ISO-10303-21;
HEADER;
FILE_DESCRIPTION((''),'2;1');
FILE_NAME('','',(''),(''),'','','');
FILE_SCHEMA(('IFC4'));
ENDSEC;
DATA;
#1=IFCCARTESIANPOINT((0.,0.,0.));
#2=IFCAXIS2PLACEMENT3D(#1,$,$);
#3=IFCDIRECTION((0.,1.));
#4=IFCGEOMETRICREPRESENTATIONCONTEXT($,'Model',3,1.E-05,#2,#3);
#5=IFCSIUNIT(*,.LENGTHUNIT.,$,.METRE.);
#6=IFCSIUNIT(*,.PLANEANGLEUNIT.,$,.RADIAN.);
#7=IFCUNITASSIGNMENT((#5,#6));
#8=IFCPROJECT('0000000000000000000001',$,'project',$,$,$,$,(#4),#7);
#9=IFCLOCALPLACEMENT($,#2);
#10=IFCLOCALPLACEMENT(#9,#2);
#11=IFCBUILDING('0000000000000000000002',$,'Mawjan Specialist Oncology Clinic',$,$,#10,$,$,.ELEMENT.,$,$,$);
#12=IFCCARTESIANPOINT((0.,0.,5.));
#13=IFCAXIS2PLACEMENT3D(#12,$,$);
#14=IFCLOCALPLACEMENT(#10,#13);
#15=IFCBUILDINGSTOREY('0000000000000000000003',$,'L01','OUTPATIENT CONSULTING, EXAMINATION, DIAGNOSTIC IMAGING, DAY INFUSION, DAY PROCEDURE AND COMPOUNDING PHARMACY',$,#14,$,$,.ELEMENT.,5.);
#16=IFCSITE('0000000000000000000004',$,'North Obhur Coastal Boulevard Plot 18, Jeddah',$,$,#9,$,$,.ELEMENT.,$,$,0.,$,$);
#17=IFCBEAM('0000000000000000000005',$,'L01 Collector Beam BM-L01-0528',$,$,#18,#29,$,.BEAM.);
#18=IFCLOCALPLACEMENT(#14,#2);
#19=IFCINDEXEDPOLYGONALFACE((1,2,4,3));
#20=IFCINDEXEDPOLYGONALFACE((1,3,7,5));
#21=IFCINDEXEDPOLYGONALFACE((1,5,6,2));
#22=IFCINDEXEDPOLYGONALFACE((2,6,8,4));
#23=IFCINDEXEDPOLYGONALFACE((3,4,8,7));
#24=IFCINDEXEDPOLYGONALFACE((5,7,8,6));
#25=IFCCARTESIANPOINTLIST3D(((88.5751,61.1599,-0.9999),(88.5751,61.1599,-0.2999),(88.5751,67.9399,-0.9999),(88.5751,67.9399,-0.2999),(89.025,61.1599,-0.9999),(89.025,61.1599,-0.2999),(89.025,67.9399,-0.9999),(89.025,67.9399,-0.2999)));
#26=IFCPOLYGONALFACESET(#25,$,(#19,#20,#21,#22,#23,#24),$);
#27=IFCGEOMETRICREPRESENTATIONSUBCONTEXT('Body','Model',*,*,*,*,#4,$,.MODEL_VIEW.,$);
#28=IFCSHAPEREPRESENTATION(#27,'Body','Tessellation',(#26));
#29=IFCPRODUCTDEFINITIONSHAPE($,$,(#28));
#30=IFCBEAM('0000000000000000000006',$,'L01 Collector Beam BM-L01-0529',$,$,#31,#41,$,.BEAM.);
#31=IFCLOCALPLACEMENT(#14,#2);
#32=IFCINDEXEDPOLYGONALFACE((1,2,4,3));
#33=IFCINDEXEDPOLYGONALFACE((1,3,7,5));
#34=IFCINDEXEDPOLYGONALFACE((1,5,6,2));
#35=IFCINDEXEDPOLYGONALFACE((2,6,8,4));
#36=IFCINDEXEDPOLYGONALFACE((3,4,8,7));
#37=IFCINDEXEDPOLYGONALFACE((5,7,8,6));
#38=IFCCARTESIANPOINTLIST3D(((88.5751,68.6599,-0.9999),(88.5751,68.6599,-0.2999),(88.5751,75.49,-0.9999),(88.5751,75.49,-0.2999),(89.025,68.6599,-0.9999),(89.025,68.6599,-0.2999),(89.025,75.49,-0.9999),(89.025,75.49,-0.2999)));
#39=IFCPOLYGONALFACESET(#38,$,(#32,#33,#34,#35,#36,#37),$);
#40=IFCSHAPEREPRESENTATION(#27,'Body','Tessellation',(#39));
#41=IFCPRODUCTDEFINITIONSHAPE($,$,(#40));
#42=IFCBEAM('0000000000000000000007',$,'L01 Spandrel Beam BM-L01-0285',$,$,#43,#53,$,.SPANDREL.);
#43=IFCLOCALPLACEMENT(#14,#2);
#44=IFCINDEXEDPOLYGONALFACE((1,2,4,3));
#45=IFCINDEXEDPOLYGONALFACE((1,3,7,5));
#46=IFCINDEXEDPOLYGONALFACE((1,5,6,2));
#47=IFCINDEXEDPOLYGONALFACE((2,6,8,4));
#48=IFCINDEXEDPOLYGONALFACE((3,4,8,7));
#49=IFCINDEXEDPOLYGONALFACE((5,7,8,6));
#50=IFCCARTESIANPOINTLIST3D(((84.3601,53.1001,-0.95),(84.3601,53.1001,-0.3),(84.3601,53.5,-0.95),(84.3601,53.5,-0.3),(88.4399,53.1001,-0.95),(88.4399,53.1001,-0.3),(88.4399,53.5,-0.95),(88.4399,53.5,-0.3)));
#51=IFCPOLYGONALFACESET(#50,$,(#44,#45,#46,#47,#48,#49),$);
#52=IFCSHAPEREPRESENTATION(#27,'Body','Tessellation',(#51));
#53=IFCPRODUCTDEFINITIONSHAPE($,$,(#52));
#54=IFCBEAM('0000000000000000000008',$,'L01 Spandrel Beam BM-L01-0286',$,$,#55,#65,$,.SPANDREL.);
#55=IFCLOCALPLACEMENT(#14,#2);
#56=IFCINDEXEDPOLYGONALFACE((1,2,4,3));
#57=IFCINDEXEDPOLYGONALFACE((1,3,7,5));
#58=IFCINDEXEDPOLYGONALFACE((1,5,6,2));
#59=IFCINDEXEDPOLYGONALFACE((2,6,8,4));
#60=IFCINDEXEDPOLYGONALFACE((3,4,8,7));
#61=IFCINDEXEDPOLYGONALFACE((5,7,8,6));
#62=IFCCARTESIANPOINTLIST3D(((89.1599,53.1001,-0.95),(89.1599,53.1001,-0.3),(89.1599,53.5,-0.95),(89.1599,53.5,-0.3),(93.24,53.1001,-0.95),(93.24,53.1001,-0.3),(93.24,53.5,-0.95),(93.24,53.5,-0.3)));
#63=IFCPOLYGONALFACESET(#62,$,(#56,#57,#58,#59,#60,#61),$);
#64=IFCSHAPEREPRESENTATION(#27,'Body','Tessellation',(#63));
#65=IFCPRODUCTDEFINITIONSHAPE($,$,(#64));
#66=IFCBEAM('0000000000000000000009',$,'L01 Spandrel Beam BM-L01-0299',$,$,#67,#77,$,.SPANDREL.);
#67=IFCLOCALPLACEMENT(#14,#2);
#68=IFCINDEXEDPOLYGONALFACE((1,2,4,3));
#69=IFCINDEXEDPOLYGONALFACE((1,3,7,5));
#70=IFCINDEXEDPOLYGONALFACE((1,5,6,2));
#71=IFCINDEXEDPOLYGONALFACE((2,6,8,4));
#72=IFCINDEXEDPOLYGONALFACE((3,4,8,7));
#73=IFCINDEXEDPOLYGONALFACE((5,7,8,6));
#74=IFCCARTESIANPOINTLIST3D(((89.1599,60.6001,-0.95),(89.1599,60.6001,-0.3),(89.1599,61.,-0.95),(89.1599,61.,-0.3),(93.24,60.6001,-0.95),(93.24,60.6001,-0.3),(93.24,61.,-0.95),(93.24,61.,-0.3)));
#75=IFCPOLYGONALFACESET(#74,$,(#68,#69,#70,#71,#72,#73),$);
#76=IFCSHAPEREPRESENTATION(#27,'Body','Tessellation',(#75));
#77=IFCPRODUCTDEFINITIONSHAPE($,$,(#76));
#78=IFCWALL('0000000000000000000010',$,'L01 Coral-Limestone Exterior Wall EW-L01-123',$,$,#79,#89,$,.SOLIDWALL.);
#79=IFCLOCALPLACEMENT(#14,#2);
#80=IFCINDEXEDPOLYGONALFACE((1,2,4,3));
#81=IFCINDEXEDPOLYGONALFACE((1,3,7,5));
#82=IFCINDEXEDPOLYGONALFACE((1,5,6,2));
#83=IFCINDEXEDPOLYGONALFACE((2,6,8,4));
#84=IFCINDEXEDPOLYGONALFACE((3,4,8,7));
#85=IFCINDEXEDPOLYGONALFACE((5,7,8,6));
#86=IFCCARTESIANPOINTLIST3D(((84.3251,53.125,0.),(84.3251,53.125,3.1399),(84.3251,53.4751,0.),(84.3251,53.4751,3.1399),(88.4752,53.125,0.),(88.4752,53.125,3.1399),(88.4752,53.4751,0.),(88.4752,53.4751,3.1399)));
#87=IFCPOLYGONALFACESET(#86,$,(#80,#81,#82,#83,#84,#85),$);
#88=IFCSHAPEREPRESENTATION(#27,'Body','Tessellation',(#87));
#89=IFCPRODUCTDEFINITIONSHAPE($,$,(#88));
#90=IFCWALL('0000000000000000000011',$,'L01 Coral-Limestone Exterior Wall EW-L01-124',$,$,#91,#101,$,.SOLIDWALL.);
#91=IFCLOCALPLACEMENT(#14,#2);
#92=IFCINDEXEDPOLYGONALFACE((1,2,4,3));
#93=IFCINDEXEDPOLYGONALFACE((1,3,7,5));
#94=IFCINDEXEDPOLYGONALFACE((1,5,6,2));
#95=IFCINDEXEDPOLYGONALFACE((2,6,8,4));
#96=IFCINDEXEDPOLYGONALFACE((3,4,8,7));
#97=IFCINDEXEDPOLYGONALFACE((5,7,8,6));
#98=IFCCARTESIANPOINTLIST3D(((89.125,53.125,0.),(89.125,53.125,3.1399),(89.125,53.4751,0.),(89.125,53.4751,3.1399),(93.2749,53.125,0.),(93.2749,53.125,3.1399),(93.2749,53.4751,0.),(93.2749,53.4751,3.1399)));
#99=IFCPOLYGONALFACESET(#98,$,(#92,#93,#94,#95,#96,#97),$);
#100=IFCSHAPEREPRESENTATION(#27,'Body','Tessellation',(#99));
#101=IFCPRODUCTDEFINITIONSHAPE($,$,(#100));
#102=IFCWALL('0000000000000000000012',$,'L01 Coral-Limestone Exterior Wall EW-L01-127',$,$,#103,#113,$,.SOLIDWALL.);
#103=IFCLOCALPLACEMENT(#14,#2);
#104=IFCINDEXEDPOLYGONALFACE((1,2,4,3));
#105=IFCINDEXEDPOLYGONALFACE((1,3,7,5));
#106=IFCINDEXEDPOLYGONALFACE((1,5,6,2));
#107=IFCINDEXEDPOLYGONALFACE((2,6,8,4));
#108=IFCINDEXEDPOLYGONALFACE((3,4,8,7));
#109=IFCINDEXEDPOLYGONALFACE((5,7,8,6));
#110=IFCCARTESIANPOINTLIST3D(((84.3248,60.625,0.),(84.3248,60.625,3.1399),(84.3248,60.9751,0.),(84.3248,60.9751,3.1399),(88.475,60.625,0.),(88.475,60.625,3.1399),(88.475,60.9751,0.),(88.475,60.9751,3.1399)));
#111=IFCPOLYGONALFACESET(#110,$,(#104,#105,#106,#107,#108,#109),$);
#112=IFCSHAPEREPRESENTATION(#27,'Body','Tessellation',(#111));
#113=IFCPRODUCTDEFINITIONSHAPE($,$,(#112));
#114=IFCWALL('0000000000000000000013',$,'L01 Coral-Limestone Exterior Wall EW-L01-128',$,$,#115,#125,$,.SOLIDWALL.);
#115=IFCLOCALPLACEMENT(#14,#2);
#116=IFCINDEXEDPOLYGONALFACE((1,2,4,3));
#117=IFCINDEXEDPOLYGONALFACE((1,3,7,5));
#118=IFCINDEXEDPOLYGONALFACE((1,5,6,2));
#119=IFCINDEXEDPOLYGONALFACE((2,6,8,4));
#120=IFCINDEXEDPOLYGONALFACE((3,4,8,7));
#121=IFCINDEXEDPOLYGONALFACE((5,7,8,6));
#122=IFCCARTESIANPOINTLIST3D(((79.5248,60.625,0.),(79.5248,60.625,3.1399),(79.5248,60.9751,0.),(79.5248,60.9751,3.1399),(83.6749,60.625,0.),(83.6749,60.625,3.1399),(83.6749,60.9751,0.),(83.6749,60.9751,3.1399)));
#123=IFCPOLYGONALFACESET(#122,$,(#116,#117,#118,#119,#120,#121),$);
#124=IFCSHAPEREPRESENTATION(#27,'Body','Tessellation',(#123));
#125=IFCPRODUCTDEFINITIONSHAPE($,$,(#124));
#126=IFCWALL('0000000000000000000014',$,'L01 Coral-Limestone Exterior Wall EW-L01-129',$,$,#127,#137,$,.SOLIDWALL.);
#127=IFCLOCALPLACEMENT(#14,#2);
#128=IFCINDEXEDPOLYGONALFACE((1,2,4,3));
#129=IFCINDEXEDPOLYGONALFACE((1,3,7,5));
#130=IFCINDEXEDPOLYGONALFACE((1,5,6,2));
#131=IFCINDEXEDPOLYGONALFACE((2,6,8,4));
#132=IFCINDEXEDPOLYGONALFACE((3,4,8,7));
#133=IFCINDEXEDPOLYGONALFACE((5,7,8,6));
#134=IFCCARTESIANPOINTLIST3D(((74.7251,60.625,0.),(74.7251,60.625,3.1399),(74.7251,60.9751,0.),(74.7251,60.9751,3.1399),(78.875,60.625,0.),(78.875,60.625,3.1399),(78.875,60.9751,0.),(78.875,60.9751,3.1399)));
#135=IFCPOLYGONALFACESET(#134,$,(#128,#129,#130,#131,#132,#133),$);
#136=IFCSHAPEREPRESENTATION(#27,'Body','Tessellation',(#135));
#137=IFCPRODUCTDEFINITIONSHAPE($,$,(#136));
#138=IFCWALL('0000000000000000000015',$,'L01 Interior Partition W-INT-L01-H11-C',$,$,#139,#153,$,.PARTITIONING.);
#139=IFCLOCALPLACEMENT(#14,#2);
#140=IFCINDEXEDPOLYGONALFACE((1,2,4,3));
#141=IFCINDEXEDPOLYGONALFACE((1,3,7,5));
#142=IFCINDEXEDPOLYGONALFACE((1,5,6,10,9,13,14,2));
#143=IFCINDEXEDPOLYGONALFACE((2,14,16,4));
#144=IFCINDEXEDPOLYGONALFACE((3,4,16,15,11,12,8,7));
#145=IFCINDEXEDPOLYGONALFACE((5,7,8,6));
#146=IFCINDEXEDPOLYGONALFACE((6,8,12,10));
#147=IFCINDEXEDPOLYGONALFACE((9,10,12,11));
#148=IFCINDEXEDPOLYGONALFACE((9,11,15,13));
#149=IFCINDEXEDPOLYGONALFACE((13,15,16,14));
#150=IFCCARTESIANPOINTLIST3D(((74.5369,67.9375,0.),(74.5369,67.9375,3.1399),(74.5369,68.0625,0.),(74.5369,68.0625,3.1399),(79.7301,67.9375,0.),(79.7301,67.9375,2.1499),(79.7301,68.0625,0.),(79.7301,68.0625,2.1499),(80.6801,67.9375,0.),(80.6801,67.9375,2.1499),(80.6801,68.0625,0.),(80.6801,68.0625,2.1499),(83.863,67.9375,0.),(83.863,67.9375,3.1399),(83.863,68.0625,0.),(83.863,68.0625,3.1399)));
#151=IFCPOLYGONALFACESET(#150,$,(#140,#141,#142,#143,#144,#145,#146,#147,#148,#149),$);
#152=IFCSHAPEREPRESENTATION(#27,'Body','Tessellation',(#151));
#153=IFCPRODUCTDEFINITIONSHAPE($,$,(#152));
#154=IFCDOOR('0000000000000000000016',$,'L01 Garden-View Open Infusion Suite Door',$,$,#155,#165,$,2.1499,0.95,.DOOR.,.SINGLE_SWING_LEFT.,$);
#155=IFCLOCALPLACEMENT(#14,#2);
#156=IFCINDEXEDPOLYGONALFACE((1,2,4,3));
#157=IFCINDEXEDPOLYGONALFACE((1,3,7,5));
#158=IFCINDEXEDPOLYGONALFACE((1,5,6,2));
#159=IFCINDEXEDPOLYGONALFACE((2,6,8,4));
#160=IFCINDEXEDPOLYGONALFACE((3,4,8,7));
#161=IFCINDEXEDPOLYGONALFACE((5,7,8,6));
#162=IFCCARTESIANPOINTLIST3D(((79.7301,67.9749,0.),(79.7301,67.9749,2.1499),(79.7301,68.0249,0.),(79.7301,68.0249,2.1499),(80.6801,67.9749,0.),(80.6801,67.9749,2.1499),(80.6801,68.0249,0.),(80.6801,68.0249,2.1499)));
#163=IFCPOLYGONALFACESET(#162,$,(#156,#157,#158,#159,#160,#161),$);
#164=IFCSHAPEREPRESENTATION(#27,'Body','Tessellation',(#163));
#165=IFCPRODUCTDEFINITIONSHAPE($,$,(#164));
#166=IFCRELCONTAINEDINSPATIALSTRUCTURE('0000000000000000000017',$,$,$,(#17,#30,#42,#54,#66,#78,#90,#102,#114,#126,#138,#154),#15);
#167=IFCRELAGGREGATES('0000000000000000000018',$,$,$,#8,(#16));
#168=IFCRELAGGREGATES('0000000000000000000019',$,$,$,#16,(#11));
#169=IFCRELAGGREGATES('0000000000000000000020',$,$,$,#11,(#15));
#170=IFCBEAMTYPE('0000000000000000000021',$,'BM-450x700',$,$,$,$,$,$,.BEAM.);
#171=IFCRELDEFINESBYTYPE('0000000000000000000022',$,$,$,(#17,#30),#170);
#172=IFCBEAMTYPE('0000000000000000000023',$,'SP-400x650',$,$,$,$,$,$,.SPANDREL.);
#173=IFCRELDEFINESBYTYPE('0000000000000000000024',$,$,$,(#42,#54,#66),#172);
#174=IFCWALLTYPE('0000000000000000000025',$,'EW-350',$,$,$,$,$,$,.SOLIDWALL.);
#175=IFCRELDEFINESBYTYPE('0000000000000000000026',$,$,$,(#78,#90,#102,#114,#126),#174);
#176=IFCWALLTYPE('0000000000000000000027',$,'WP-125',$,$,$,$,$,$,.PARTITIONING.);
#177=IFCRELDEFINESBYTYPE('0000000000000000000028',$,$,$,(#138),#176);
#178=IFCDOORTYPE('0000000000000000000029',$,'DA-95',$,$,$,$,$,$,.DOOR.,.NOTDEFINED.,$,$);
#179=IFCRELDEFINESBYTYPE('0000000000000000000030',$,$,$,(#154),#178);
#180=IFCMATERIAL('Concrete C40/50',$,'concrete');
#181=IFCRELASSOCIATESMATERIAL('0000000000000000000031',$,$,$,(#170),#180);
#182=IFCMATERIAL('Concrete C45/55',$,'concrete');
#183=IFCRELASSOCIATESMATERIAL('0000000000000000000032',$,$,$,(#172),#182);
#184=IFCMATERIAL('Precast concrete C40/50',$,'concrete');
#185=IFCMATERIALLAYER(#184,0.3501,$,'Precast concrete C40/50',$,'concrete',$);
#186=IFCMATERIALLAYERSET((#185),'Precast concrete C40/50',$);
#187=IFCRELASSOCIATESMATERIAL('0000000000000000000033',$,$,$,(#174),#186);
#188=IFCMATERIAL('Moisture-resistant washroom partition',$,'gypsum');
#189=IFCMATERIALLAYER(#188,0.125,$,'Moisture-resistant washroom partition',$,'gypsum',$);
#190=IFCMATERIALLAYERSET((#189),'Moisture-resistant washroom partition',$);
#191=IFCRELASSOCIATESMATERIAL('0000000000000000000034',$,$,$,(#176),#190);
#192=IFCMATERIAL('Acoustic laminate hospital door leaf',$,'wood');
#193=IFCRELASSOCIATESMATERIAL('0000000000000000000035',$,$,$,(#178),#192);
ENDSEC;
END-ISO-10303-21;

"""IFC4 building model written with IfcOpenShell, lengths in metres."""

from ifc_helpers import new_model, si_unit, direction, frame, frame_2d, origin, origin_2d, place, context, subcontext, project, spatial, rectangle, extrude, material, layer, layer_set, material_profile, profile_set, type_object, element, fill, save


model = new_model("IFC4")

# Units and contexts
model_context = context("Model", 3, precision=1e-05, world=origin(), true_north=direction((0.0, 1.0)))
body_context = subcontext(model_context, "Body", "Model", "MODEL_VIEW")
ifc_project = project(units=[si_unit("LENGTHUNIT", "METRE"), si_unit("PLANEANGLEUNIT", "RADIAN")], contexts=[model_context])

# Site, building, storey
site_placement = place(None, origin())
site = spatial("IfcSite", under=ifc_project, at=site_placement, Name="North Obhur Coastal Boulevard Plot 18, Jeddah", CompositionType="ELEMENT", RefElevation=0.0)
building_placement = place(site_placement, origin())
building = spatial("IfcBuilding", under=site, at=building_placement, Name="Mawjan Specialist Oncology Clinic", CompositionType="ELEMENT")
storey_placement = place(building_placement, frame((0.0, 0.0, 5.0)))
storey = spatial("IfcBuildingStorey", under=building, at=storey_placement, Name="L01", Description="OUTPATIENT CONSULTING, EXAMINATION, DIAGNOSTIC IMAGING, DAY INFUSION, DAY PROCEDURE AND COMPOUNDING PHARMACY", CompositionType="ELEMENT", Elevation=5.0)

# Beams
ifc_material_1 = material(Name="Concrete C40/50", Category="concrete")
ifc_material_profile_1 = material_profile(ifc_material_1, rectangle(XDim=0.45, YDim=0.7, at=origin_2d()), Name="RC BM 450x700", Category="concrete")
ifc_profile_set_1 = profile_set([ifc_material_profile_1], Name="Concrete C40/50")
beam_type_1 = type_object("IfcBeamType", Name="BM-450x700", PredefinedType="BEAM", material=ifc_profile_set_1)
beam_1_placement = place(storey_placement, frame((88.8, 61.1599, -0.6499), z_axis=(0.0, 1.0, 0.0), x_axis=(-1.0, 0.0, 0.0)))
element("IfcBeam", 1, at=beam_1_placement, inside=storey, type_object=beam_type_1, Name="L01 Collector Beam BM-L01-0528", PredefinedType="BEAM", context=body_context, shape_type="SweptSolid", body=[
    extrude(rectangle(XDim=0.45, YDim=0.7, at=origin_2d()), origin(), (0.0, 0.0, 1.0), 6.78),
])
beam_2_placement = place(storey_placement, frame((88.8, 68.6599, -0.6499), z_axis=(0.0, 1.0, 0.0), x_axis=(-1.0, 0.0, 0.0)))
element("IfcBeam", 2, at=beam_2_placement, inside=storey, type_object=beam_type_1, Name="L01 Collector Beam BM-L01-0529", PredefinedType="BEAM", context=body_context, shape_type="SweptSolid", body=[
    extrude(rectangle(XDim=0.45, YDim=0.7, at=origin_2d()), origin(), (0.0, 0.0, 1.0), 6.8301),
])
ifc_material_2 = material(Name="Concrete C45/55", Category="concrete")
ifc_material_profile_2 = material_profile(ifc_material_2, rectangle(XDim=0.3999, YDim=0.6499, at=origin_2d()), Name="RC BM 400x650", Category="concrete")
ifc_profile_set_2 = profile_set([ifc_material_profile_2], Name="Concrete C45/55")
beam_type_2 = type_object("IfcBeamType", Name="SP-400x650", PredefinedType="SPANDREL", material=ifc_profile_set_2)
beam_3_placement = place(storey_placement, frame((84.3601, 53.3, -0.625), z_axis=(1.0, 0.0, 0.0), x_axis=(0.0, 1.0, 0.0)))
element("IfcBeam", 3, at=beam_3_placement, inside=storey, type_object=beam_type_2, Name="L01 Spandrel Beam BM-L01-0285", PredefinedType="SPANDREL", context=body_context, shape_type="SweptSolid", body=[
    extrude(rectangle(XDim=0.3999, YDim=0.6499, at=origin_2d()), origin(), (0.0, 0.0, 1.0), 4.0798),
])
for number, where, z_axis, x_axis, name in (
    (4, (89.1599, 53.3, -0.625), (1.0, 0.0, 0.0), (0.0, 1.0, 0.0), "L01 Spandrel Beam BM-L01-0286"),
    (5, (89.1599, 60.8, -0.625), (1.0, 0.0, 0.0), (0.0, 1.0, 0.0), "L01 Spandrel Beam BM-L01-0299"),
):
    element("IfcBeam", number, at=place(storey_placement, frame(where, z_axis=z_axis, x_axis=x_axis)), inside=storey, type_object=beam_type_2, Name=name, PredefinedType="SPANDREL", context=body_context, shape_type="SweptSolid", body=[
        extrude(rectangle(XDim=0.3999, YDim=0.6499, at=origin_2d()), origin(), (0.0, 0.0, 1.0), 4.0801),
    ])

# Walls
ifc_material_3 = material(Name="Precast concrete C40/50", Category="concrete")
ifc_layer_1 = layer(ifc_material_3, 0.3501, Name="Precast concrete C40/50", Category="concrete")
ifc_layer_set_1 = layer_set([ifc_layer_1], Name="Precast concrete C40/50")
wall_type_1 = type_object("IfcWallType", Name="EW-350", PredefinedType="SOLIDWALL", material=ifc_layer_set_1)
wall_1_placement = place(storey_placement, frame((84.325, 53.3, 0.0), z_axis=(0.0, 0.0, 1.0), x_axis=(1.0, 0.0, 0.0)))
element("IfcWall", 6, at=wall_1_placement, inside=storey, type_object=wall_type_1, Name="L01 Coral-Limestone Exterior Wall EW-L01-123", PredefinedType="SOLIDWALL", context=body_context, shape_type="SweptSolid", body=[
    extrude(rectangle(XDim=4.1501, YDim=0.3501, at=frame_2d((2.0752, 0.0))), origin(), (0.0, 0.0, 1.0), 3.1399),
])
wall_2_placement = place(storey_placement, frame((89.125, 53.3, 0.0), z_axis=(0.0, 0.0, 1.0), x_axis=(1.0, 0.0, 0.0)))
element("IfcWall", 7, at=wall_2_placement, inside=storey, type_object=wall_type_1, Name="L01 Coral-Limestone Exterior Wall EW-L01-124", PredefinedType="SOLIDWALL", context=body_context, shape_type="SweptSolid", body=[
    extrude(rectangle(XDim=4.1499, YDim=0.3501, at=frame_2d((2.075, 0.0))), origin(), (0.0, 0.0, 1.0), 3.1399),
])
for number, where, z_axis, x_axis, name in (
    (8, (88.4751, 60.8, 0.0), (0.0, 0.0, 1.0), (-1.0, 0.0, 0.0), "L01 Coral-Limestone Exterior Wall EW-L01-127"),
    (9, (83.675, 60.8, 0.0), (0.0, 0.0, 1.0), (-1.0, 0.0, 0.0), "L01 Coral-Limestone Exterior Wall EW-L01-128"),
):
    element("IfcWall", number, at=place(storey_placement, frame(where, z_axis=z_axis, x_axis=x_axis)), inside=storey, type_object=wall_type_1, Name=name, PredefinedType="SOLIDWALL", context=body_context, shape_type="SweptSolid", body=[
        extrude(rectangle(XDim=4.1501, YDim=0.3501, at=frame_2d((2.0752, 0.0))), origin(), (0.0, 0.0, 1.0), 3.1399),
    ])
wall_3_placement = place(storey_placement, frame((78.875, 60.8, 0.0), z_axis=(0.0, 0.0, 1.0), x_axis=(-1.0, 0.0, 0.0)))
element("IfcWall", 10, at=wall_3_placement, inside=storey, type_object=wall_type_1, Name="L01 Coral-Limestone Exterior Wall EW-L01-129", PredefinedType="SOLIDWALL", context=body_context, shape_type="SweptSolid", body=[
    extrude(rectangle(XDim=4.1499, YDim=0.3501, at=frame_2d((2.075, 0.0))), origin(), (0.0, 0.0, 1.0), 3.1399),
])

# Wall, opening, door
ifc_material_4 = material(Name="Moisture-resistant washroom partition", Category="gypsum")
ifc_layer_2 = layer(ifc_material_4, 0.125, Name="Moisture-resistant washroom partition", Category="gypsum")
ifc_layer_set_2 = layer_set([ifc_layer_2], Name="Moisture-resistant washroom partition")
wall_type_2 = type_object("IfcWallType", Name="WP-125", PredefinedType="PARTITIONING", material=ifc_layer_set_2)
wall_4_placement = place(storey_placement, frame((74.5369, 68.0, 0.0), z_axis=(0.0, 0.0, 1.0), x_axis=(1.0, 0.0, 0.0)))
wall_4 = element("IfcWall", 11, at=wall_4_placement, inside=storey, type_object=wall_type_2, Name="L01 Interior Partition W-INT-L01-H11-C", PredefinedType="PARTITIONING", context=body_context, shape_type="SweptSolid", body=[
    extrude(rectangle(XDim=9.3262, YDim=0.125, at=frame_2d((4.6631, 0.0))), origin(), (0.0, 0.0, 1.0), 3.1399),
])
opening_1_placement = place(wall_4_placement, frame((5.1931, 0.0, 0.0)))
opening_1 = element("IfcOpeningElement", 12, at=opening_1_placement, cuts=wall_4, PredefinedType="OPENING", context=body_context, shape_type="SweptSolid", body=[
    extrude(rectangle(XDim=0.95, YDim=2.1499, at=frame_2d((0.4751, 1.075))), frame((0.0, 0.0745, 0.0), z_axis=(0.0, -1.0, 0.0), x_axis=(1.0, 0.0, 0.0)), (0.0, 0.0, 1.0), 0.1489),
])
ifc_material_5 = material(Name="Acoustic laminate hospital door leaf", Category="wood")
door_type_1 = type_object("IfcDoorType", Name="DA-95", OperationType="NOTDEFINED", PredefinedType="DOOR", material=ifc_material_5)
door_1_placement = place(opening_1_placement, origin())
door_1 = element("IfcDoor", 13, at=door_1_placement, inside=storey, type_object=door_type_1, Name="L01 Garden-View Open Infusion Suite Door", OperationType="SINGLE_SWING_LEFT", OverallHeight=2.1499, OverallWidth=0.95, PredefinedType="DOOR", context=body_context, shape_type="SweptSolid", body=[
    extrude(rectangle(XDim=0.95, YDim=2.1499, at=frame_2d((0.4751, 1.075))), frame((0.0, 0.0249, 0.0), z_axis=(0.0, -1.0, 0.0), x_axis=(1.0, 0.0, 0.0)), (0.0, 0.0, 1.0), 0.05),
])
fill(opening_1, door_1)

save(model, "model.ifc")
